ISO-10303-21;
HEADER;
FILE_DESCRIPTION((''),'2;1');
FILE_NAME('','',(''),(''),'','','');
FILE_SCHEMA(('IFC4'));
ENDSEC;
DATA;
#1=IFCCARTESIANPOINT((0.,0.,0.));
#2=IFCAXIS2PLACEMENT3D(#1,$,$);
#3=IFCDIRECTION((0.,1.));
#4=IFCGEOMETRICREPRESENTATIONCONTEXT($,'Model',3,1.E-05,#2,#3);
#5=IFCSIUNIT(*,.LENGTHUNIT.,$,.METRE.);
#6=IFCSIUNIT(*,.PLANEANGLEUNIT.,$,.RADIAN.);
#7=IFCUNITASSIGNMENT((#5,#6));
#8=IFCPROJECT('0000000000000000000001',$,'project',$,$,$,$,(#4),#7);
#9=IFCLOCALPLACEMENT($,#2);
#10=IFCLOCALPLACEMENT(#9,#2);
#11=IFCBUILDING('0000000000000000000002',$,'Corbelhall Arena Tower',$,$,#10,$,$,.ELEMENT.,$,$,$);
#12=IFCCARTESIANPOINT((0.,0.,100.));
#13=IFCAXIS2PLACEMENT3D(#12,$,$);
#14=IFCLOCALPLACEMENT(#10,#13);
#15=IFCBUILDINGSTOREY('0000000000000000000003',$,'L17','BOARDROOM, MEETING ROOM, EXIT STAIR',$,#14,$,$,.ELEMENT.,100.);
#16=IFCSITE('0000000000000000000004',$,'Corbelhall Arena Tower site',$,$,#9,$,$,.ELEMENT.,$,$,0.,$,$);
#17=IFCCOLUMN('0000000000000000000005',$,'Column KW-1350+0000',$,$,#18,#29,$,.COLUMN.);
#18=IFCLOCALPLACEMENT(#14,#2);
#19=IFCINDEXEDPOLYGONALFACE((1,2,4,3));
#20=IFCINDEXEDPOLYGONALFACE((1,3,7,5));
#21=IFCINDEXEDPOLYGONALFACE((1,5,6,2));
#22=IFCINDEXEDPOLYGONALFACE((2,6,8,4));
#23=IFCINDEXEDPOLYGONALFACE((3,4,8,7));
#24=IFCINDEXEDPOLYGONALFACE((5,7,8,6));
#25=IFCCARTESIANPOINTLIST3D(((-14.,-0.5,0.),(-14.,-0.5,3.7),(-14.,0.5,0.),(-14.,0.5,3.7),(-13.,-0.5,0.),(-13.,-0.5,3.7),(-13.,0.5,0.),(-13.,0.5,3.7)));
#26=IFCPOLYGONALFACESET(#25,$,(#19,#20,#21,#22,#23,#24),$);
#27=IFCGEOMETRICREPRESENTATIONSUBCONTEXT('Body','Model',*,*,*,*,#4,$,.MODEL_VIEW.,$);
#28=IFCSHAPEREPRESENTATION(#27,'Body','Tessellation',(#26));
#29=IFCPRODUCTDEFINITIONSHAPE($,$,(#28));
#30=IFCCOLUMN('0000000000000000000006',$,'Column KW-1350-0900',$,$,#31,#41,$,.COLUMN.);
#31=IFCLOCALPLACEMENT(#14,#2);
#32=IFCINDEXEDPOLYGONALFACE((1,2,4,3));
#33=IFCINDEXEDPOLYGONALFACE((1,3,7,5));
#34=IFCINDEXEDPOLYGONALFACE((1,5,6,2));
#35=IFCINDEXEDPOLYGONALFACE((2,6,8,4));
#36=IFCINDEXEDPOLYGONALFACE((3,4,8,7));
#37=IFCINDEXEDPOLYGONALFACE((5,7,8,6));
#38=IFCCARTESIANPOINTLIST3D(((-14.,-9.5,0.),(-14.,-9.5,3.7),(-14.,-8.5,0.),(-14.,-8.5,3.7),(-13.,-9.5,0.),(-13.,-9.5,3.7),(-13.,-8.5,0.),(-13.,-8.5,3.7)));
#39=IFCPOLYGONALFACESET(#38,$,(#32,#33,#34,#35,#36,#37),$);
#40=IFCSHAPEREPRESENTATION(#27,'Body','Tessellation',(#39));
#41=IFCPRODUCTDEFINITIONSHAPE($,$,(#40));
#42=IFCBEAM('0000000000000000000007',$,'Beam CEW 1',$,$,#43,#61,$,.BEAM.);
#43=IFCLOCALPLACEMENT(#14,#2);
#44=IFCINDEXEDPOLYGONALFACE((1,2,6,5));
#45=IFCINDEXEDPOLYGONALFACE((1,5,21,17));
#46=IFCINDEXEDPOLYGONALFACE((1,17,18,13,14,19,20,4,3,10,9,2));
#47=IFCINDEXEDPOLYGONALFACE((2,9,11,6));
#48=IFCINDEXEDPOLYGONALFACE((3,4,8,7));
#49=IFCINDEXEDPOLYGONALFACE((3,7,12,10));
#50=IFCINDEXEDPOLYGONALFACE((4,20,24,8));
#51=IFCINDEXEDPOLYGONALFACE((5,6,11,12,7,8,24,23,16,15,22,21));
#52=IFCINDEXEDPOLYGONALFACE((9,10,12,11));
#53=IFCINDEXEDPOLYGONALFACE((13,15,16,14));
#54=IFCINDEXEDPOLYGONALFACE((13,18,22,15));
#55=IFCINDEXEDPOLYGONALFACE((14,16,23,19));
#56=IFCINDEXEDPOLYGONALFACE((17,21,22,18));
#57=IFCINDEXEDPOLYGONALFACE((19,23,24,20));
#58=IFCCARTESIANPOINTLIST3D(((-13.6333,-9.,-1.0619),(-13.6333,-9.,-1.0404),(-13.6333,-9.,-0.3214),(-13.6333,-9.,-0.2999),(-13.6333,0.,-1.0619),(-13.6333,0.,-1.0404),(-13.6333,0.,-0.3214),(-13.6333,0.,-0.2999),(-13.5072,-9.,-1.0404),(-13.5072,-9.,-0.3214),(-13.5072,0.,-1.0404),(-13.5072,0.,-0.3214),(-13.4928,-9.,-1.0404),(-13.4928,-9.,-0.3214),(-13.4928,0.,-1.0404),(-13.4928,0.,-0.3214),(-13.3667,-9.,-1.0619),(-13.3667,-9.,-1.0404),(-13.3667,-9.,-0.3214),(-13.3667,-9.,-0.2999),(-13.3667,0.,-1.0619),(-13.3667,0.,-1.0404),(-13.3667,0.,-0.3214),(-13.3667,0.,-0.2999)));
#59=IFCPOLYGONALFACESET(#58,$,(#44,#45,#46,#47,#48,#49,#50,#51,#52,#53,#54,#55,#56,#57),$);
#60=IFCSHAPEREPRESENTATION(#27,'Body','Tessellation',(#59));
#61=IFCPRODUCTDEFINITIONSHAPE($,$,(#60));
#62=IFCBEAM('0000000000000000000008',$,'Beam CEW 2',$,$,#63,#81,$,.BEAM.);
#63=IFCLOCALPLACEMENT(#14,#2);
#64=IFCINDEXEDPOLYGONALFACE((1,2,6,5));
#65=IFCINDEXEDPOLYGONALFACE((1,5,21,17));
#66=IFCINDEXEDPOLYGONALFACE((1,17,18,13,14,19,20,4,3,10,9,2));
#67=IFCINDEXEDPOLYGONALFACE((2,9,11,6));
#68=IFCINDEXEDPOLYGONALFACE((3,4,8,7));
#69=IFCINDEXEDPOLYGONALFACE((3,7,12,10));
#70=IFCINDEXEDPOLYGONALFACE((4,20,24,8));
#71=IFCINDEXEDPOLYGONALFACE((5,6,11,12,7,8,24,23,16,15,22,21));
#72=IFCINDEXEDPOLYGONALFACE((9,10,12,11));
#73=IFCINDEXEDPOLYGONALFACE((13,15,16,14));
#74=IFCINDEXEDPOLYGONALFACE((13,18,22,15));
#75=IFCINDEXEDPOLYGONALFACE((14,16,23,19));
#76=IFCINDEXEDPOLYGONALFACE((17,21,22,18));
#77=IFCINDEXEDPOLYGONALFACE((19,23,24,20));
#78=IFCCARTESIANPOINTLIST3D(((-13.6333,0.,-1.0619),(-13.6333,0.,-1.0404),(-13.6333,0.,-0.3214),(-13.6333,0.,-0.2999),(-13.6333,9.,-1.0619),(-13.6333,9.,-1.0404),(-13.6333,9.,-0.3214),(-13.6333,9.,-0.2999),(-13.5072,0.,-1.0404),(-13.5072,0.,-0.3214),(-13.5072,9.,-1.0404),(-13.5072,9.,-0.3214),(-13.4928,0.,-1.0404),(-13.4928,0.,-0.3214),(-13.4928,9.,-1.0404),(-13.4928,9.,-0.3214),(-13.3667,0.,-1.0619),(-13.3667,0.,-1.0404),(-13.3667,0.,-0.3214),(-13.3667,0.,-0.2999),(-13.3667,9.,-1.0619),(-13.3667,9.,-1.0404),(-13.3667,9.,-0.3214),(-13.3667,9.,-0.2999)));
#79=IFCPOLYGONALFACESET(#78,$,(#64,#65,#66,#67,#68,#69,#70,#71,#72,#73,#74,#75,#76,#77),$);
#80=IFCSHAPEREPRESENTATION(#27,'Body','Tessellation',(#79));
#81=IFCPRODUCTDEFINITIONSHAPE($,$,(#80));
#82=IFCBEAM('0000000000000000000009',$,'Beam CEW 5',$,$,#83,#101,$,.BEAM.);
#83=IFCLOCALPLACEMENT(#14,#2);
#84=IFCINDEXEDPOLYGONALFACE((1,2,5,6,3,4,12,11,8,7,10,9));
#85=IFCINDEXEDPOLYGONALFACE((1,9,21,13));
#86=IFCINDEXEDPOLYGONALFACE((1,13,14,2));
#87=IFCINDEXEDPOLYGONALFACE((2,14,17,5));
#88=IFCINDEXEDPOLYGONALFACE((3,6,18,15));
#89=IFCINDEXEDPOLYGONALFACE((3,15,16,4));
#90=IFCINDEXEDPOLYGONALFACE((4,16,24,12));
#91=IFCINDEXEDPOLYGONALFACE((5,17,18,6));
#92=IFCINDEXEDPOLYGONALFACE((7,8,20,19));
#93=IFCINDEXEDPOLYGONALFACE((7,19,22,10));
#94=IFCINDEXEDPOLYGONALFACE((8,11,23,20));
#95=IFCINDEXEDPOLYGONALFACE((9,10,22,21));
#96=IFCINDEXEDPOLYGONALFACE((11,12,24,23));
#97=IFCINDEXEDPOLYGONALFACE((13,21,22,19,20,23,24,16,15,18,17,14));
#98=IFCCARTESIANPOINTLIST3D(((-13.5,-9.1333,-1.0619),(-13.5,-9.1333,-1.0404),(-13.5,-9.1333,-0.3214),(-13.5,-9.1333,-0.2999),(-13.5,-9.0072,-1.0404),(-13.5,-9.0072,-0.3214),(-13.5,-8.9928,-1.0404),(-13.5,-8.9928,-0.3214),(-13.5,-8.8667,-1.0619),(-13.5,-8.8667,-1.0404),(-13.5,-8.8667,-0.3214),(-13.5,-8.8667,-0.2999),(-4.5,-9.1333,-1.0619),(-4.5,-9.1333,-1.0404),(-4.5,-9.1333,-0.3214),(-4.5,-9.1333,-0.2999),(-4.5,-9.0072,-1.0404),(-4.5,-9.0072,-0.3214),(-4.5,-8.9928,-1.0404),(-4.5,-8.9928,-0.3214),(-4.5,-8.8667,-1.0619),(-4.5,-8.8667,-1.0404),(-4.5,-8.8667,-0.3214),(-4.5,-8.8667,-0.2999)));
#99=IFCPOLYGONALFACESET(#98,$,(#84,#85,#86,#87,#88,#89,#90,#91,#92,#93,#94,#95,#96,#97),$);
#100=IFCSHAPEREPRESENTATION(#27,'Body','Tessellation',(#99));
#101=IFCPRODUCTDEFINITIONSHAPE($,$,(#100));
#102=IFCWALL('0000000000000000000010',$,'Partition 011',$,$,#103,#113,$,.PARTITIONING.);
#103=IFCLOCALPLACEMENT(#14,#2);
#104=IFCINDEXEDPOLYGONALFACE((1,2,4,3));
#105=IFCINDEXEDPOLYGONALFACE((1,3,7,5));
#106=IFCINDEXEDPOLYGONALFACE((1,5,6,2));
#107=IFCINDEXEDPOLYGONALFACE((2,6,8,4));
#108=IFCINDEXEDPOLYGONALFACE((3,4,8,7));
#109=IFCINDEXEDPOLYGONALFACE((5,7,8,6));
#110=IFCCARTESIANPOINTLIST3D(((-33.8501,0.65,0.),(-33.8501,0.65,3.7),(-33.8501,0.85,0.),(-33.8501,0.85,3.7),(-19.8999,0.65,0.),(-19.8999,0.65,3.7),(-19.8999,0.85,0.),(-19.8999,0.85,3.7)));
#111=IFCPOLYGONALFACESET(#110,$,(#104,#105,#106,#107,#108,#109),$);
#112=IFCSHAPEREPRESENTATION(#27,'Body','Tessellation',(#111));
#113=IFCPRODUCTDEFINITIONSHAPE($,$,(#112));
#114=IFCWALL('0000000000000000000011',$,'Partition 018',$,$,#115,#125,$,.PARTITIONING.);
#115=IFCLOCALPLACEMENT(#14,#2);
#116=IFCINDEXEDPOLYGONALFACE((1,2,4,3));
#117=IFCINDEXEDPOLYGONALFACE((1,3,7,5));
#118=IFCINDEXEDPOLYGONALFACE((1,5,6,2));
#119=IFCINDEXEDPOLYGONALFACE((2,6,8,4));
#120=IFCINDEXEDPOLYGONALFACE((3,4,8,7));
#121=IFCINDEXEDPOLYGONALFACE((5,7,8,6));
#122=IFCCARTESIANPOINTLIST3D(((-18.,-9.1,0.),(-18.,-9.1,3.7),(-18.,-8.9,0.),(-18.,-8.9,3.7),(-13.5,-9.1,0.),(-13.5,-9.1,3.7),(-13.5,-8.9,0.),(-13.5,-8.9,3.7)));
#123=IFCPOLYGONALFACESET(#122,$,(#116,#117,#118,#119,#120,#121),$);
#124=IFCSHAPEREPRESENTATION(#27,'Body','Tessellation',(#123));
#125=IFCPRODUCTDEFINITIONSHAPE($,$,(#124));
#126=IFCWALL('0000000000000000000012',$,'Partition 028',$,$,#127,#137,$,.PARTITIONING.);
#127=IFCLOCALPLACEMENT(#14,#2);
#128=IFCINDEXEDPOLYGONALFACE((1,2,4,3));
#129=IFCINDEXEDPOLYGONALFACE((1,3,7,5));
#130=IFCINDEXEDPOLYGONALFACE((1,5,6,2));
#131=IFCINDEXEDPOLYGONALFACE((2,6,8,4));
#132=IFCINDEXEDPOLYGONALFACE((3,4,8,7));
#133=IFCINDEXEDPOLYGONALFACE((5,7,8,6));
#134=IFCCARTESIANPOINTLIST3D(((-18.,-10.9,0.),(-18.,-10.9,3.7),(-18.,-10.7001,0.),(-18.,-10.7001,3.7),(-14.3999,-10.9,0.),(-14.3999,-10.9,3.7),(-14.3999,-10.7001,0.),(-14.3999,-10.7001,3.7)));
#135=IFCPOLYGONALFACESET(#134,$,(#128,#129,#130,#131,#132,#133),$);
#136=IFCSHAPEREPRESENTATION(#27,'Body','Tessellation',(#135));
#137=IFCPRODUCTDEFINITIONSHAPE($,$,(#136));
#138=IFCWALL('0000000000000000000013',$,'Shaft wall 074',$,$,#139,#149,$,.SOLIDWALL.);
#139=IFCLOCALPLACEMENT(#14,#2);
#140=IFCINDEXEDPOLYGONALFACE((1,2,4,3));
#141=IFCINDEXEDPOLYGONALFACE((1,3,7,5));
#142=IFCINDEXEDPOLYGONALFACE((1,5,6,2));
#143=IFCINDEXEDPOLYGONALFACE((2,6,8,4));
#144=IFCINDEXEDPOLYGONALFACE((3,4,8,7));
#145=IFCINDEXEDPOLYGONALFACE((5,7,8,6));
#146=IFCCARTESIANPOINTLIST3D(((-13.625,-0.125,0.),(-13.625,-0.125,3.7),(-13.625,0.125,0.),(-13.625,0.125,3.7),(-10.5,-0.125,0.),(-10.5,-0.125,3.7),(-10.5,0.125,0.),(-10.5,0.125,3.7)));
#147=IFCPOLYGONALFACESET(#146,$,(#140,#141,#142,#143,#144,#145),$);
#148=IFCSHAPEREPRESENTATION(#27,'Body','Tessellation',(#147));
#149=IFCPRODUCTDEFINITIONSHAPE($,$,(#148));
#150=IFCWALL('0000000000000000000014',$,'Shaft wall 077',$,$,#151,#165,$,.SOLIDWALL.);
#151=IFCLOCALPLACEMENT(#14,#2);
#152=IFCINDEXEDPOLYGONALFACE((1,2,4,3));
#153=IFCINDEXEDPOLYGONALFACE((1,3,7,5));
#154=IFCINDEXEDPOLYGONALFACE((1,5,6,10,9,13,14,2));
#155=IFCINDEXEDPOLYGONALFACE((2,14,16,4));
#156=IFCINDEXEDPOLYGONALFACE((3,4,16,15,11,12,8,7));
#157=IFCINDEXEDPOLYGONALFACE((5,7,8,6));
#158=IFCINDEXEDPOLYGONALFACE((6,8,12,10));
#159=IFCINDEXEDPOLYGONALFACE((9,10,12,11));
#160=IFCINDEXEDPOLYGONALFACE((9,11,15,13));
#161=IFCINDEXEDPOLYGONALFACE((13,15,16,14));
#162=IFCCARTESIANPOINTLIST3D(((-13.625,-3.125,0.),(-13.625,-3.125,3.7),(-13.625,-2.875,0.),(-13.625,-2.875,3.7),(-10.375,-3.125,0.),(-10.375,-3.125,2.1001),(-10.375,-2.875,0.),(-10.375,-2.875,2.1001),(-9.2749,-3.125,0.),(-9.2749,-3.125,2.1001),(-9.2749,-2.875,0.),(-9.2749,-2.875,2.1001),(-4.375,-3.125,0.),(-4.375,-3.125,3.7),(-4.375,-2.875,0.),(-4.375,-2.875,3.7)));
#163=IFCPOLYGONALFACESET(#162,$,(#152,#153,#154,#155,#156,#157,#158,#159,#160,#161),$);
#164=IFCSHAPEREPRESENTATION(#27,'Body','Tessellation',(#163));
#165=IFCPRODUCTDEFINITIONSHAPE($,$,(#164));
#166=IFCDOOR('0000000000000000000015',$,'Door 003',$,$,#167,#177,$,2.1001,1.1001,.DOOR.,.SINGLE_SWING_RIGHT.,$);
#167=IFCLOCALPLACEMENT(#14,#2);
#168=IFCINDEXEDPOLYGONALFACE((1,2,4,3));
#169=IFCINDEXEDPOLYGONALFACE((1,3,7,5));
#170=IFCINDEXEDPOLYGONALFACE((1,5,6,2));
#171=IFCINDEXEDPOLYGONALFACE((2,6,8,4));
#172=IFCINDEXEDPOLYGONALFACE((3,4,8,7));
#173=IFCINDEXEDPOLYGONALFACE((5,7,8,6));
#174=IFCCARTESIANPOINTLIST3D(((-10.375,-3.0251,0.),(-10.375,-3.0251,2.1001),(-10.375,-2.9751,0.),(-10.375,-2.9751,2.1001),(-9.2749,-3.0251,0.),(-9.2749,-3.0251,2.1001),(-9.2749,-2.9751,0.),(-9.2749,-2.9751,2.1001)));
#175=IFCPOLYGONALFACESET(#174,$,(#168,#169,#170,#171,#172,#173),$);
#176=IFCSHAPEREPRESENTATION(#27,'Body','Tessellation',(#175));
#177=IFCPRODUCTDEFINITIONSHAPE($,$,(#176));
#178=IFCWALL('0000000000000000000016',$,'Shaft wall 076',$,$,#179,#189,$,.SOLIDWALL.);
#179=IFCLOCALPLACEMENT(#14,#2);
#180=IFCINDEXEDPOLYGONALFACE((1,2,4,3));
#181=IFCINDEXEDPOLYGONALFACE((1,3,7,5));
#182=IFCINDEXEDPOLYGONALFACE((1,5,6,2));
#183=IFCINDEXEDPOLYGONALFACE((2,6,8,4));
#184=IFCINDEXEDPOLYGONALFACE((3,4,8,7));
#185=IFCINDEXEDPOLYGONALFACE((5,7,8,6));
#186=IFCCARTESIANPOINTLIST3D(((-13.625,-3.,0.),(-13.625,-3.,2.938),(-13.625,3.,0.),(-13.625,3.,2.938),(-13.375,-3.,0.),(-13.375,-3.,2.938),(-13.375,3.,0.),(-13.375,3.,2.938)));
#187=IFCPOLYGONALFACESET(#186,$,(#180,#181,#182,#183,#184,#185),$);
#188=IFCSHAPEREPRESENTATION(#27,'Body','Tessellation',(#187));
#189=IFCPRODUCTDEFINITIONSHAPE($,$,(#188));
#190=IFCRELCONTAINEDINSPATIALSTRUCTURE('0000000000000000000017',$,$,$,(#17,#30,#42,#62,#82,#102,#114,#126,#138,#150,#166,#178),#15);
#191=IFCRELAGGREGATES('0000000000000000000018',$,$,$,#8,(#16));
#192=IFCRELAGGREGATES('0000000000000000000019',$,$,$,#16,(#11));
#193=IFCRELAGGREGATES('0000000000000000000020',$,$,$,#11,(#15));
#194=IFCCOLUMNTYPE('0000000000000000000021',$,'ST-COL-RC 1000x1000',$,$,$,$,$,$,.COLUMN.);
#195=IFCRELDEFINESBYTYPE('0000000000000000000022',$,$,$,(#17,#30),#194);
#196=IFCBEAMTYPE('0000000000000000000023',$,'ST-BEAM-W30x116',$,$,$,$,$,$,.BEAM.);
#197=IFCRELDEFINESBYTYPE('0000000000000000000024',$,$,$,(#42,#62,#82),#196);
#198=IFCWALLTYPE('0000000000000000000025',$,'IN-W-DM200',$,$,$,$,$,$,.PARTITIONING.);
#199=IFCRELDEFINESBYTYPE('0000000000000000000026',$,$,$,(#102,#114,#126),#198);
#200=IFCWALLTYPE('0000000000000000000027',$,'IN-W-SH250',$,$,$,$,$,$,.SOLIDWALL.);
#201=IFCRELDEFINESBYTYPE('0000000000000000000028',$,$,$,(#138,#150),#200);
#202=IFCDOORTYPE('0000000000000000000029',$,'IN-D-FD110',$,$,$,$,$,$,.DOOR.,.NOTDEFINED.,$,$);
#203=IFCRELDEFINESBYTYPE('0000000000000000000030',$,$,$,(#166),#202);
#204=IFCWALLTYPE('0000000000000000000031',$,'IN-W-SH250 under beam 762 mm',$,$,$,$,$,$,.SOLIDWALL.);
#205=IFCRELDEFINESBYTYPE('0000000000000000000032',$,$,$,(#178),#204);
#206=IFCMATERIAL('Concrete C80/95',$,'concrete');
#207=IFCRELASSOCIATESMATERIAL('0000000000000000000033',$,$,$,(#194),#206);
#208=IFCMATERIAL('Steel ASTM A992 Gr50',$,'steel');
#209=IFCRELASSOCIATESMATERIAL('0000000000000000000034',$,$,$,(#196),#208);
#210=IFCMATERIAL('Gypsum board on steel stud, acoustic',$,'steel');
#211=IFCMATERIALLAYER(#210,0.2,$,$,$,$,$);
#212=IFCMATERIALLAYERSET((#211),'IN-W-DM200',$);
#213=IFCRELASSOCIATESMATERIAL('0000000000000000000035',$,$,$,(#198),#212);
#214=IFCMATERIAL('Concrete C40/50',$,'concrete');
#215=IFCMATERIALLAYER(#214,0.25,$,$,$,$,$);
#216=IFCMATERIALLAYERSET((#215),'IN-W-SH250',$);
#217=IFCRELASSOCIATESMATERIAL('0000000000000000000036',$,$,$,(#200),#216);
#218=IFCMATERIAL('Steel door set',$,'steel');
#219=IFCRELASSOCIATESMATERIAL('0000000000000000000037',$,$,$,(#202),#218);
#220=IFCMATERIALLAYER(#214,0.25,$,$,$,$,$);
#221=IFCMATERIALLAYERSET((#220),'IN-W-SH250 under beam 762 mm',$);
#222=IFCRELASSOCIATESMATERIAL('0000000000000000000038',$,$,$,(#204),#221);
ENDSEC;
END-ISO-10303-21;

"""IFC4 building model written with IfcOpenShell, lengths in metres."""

from ifc_helpers import new_model, si_unit, direction, frame, frame_2d, origin, origin_2d, place, context, subcontext, project, spatial, rectangle, i_section, extrude, material, layer, layer_set, material_profile, profile_set, type_object, element, fill, save


model = new_model("IFC4")

# Units and contexts
model_context = context("Model", 3, precision=1e-05, world=origin(), true_north=direction((0.0, 1.0)))
body_context = subcontext(model_context, "Body", "Model", "MODEL_VIEW")
ifc_project = project(units=[si_unit("LENGTHUNIT", "METRE"), si_unit("PLANEANGLEUNIT", "RADIAN")], contexts=[model_context])

# Site, building, storey
site_placement = place(None, origin())
site = spatial("IfcSite", under=ifc_project, at=site_placement, Name="Corbelhall Arena Tower site", CompositionType="ELEMENT", RefElevation=0.0)
building_placement = place(site_placement, origin())
building = spatial("IfcBuilding", under=site, at=building_placement, Name="Corbelhall Arena Tower", CompositionType="ELEMENT")
storey_placement = place(building_placement, frame((0.0, 0.0, 100.0)))
storey = spatial("IfcBuildingStorey", under=building, at=storey_placement, Name="L17", Description="BOARDROOM, MEETING ROOM, EXIT STAIR", CompositionType="ELEMENT", Elevation=100.0)

# Columns
ifc_material_1 = material(Name="Concrete C80/95", Category="concrete")
ifc_material_profile_1 = material_profile(ifc_material_1, rectangle(XDim=1.0, YDim=1.0, at=origin_2d()))
ifc_profile_set_1 = profile_set([ifc_material_profile_1], Name="Concrete C80/95")
column_type = type_object("IfcColumnType", Name="ST-COL-RC 1000x1000", PredefinedType="COLUMN", material=ifc_profile_set_1)
for number, where, z_axis, x_axis, name in (
    (1, (-13.5, 0.0, 0.0), (0.0, 0.0, 1.0), (1.0, 0.0, 0.0), "Column KW-1350+0000"),
    (2, (-13.5, -9.0, 0.0), (0.0, 0.0, 1.0), (1.0, 0.0, 0.0), "Column KW-1350-0900"),
):
    element("IfcColumn", number, at=place(storey_placement, frame(where, z_axis=z_axis, x_axis=x_axis)), inside=storey, type_object=column_type, Name=name, PredefinedType="COLUMN", context=body_context, shape_type="SweptSolid", body=[
        extrude(rectangle(XDim=1.0, YDim=1.0, at=origin_2d()), origin(), (0.0, 0.0, 1.0), 3.7),
    ])

# Beams
ifc_material_2 = material(Name="Steel ASTM A992 Gr50", Category="steel")
ifc_material_profile_2 = material_profile(ifc_material_2, i_section(OverallWidth=0.2666, OverallDepth=0.762, WebThickness=0.0144, FlangeThickness=0.0215, at=origin_2d()))
ifc_profile_set_2 = profile_set([ifc_material_profile_2], Name="Steel ASTM A992 Gr50")
beam_type = type_object("IfcBeamType", Name="ST-BEAM-W30x116", PredefinedType="BEAM", material=ifc_profile_set_2)
for number, where, z_axis, x_axis, name in (
    (3, (-13.5, -9.0, -0.6809), (0.0, 1.0, 0.0), (-1.0, 0.0, 0.0), "Beam CEW 1"),
    (4, (-13.5, 0.0, -0.6809), (0.0, 1.0, 0.0), (-1.0, 0.0, 0.0), "Beam CEW 2"),
    (5, (-13.5, -9.0, -0.6809), (1.0, 0.0, 0.0), (0.0, 1.0, 0.0), "Beam CEW 5"),
):
    element("IfcBeam", number, at=place(storey_placement, frame(where, z_axis=z_axis, x_axis=x_axis)), inside=storey, type_object=beam_type, Name=name, PredefinedType="BEAM", context=body_context, shape_type="SweptSolid", body=[
        extrude(i_section(OverallWidth=0.2666, OverallDepth=0.762, WebThickness=0.0144, FlangeThickness=0.0215, at=origin_2d()), origin(), (0.0, 0.0, 1.0), 9.0),
    ])

# Wall
ifc_material_3 = material(Name="Gypsum board on steel stud, acoustic", Category="steel")
ifc_layer_1 = layer(ifc_material_3, 0.2)
ifc_layer_set_1 = layer_set([ifc_layer_1], Name="IN-W-DM200")
wall_type_1 = type_object("IfcWallType", Name="IN-W-DM200", PredefinedType="PARTITIONING", material=ifc_layer_set_1)
wall_1_placement = place(storey_placement, frame((-19.8999, 0.75, 0.0), z_axis=(0.0, 0.0, 1.0), x_axis=(-1.0, 0.0, 0.0)))
element("IfcWall", 6, at=wall_1_placement, inside=storey, type_object=wall_type_1, Name="Partition 011", PredefinedType="PARTITIONING", context=body_context, shape_type="SweptSolid", body=[
    extrude(rectangle(XDim=13.9502, YDim=0.2, at=frame_2d((6.9751, 0.0))), origin(), (0.0, 0.0, 1.0), 3.7),
])

# Shared definitions
ifc_material_4 = material(Name="Steel door set", Category="steel")

# Walls
wall_2_placement = place(storey_placement, frame((-18.0, -9.0, 0.0), z_axis=(0.0, 0.0, 1.0), x_axis=(1.0, 0.0, 0.0)))
element("IfcWall", 7, at=wall_2_placement, inside=storey, type_object=wall_type_1, Name="Partition 018", PredefinedType="PARTITIONING", context=body_context, shape_type="SweptSolid", body=[
    extrude(rectangle(XDim=4.5, YDim=0.2, at=frame_2d((2.25, 0.0))), origin(), (0.0, 0.0, 1.0), 3.7),
])
wall_3_placement = place(storey_placement, frame((-14.3999, -10.8, 0.0), z_axis=(0.0, 0.0, 1.0), x_axis=(-1.0, 0.0, 0.0)))
element("IfcWall", 8, at=wall_3_placement, inside=storey, type_object=wall_type_1, Name="Partition 028", PredefinedType="PARTITIONING", context=body_context, shape_type="SweptSolid", body=[
    extrude(rectangle(XDim=3.6001, YDim=0.2, at=frame_2d((1.8, 0.0))), origin(), (0.0, 0.0, 1.0), 3.7),
])
ifc_material_5 = material(Name="Concrete C40/50", Category="concrete")
ifc_layer_2 = layer(ifc_material_5, 0.25)
ifc_layer_set_2 = layer_set([ifc_layer_2], Name="IN-W-SH250")
wall_type_2 = type_object("IfcWallType", Name="IN-W-SH250", PredefinedType="SOLIDWALL", material=ifc_layer_set_2)
wall_4_placement = place(storey_placement, frame((-13.625, 0.0, 0.0), z_axis=(0.0, 0.0, 1.0), x_axis=(1.0, 0.0, 0.0)))
element("IfcWall", 9, at=wall_4_placement, inside=storey, type_object=wall_type_2, Name="Shaft wall 074", PredefinedType="SOLIDWALL", context=body_context, shape_type="SweptSolid", body=[
    extrude(rectangle(XDim=3.125, YDim=0.25, at=frame_2d((1.5625, 0.0))), origin(), (0.0, 0.0, 1.0), 3.7),
])

# Wall, opening, door
wall_5_placement = place(storey_placement, frame((-13.625, -3.0, 0.0), z_axis=(0.0, 0.0, 1.0), x_axis=(1.0, 0.0, 0.0)))
wall_5 = element("IfcWall", 10, at=wall_5_placement, inside=storey, type_object=wall_type_2, Name="Shaft wall 077", PredefinedType="SOLIDWALL", context=body_context, shape_type="SweptSolid", body=[
    extrude(rectangle(XDim=9.25, YDim=0.25, at=frame_2d((4.625, 0.0))), origin(), (0.0, 0.0, 1.0), 3.7),
])
opening_1_placement = place(wall_5_placement, frame((3.25, 0.0, 0.0)))
opening_1 = element("IfcOpeningElement", 11, at=opening_1_placement, cuts=wall_5, PredefinedType="OPENING", context=body_context, shape_type="SweptSolid", body=[
    extrude(rectangle(XDim=1.1001, YDim=2.1001, at=frame_2d((0.55, 1.05))), frame((0.0, 0.125, 0.0), z_axis=(0.0, -1.0, 0.0), x_axis=(1.0, 0.0, 0.0)), (0.0, 0.0, 1.0), 0.25),
])
door_type_1 = type_object("IfcDoorType", Name="IN-D-FD110", OperationType="NOTDEFINED", PredefinedType="DOOR", material=ifc_material_4)
door_1_placement = place(opening_1_placement, origin())
door_1 = element("IfcDoor", 12, at=door_1_placement, inside=storey, type_object=door_type_1, Name="Door 003", OperationType="SINGLE_SWING_RIGHT", OverallHeight=2.1001, OverallWidth=1.1001, PredefinedType="DOOR", context=body_context, shape_type="SweptSolid", body=[
    extrude(rectangle(XDim=1.1001, YDim=2.1001, at=frame_2d((0.55, 1.05))), frame((0.0, 0.0249, 0.0), z_axis=(0.0, -1.0, 0.0), x_axis=(1.0, 0.0, 0.0)), (0.0, 0.0, 1.0), 0.05),
])
fill(opening_1, door_1)

# Wall
ifc_layer_3 = layer(ifc_material_5, 0.25)
ifc_layer_set_3 = layer_set([ifc_layer_3], Name="IN-W-SH250 under beam 762 mm")
wall_type_3 = type_object("IfcWallType", Name="IN-W-SH250 under beam 762 mm", PredefinedType="SOLIDWALL", material=ifc_layer_set_3)
wall_6_placement = place(storey_placement, frame((-13.5, -3.0, 0.0), z_axis=(0.0, 0.0, 1.0), x_axis=(0.0, 1.0, 0.0)))
element("IfcWall", 13, at=wall_6_placement, inside=storey, type_object=wall_type_3, Name="Shaft wall 076", PredefinedType="SOLIDWALL", context=body_context, shape_type="SweptSolid", body=[
    extrude(rectangle(XDim=6.0, YDim=0.25, at=frame_2d((3.0, 0.0))), origin(), (0.0, 0.0, 1.0), 2.938),
])

save(model, "model.ifc")
